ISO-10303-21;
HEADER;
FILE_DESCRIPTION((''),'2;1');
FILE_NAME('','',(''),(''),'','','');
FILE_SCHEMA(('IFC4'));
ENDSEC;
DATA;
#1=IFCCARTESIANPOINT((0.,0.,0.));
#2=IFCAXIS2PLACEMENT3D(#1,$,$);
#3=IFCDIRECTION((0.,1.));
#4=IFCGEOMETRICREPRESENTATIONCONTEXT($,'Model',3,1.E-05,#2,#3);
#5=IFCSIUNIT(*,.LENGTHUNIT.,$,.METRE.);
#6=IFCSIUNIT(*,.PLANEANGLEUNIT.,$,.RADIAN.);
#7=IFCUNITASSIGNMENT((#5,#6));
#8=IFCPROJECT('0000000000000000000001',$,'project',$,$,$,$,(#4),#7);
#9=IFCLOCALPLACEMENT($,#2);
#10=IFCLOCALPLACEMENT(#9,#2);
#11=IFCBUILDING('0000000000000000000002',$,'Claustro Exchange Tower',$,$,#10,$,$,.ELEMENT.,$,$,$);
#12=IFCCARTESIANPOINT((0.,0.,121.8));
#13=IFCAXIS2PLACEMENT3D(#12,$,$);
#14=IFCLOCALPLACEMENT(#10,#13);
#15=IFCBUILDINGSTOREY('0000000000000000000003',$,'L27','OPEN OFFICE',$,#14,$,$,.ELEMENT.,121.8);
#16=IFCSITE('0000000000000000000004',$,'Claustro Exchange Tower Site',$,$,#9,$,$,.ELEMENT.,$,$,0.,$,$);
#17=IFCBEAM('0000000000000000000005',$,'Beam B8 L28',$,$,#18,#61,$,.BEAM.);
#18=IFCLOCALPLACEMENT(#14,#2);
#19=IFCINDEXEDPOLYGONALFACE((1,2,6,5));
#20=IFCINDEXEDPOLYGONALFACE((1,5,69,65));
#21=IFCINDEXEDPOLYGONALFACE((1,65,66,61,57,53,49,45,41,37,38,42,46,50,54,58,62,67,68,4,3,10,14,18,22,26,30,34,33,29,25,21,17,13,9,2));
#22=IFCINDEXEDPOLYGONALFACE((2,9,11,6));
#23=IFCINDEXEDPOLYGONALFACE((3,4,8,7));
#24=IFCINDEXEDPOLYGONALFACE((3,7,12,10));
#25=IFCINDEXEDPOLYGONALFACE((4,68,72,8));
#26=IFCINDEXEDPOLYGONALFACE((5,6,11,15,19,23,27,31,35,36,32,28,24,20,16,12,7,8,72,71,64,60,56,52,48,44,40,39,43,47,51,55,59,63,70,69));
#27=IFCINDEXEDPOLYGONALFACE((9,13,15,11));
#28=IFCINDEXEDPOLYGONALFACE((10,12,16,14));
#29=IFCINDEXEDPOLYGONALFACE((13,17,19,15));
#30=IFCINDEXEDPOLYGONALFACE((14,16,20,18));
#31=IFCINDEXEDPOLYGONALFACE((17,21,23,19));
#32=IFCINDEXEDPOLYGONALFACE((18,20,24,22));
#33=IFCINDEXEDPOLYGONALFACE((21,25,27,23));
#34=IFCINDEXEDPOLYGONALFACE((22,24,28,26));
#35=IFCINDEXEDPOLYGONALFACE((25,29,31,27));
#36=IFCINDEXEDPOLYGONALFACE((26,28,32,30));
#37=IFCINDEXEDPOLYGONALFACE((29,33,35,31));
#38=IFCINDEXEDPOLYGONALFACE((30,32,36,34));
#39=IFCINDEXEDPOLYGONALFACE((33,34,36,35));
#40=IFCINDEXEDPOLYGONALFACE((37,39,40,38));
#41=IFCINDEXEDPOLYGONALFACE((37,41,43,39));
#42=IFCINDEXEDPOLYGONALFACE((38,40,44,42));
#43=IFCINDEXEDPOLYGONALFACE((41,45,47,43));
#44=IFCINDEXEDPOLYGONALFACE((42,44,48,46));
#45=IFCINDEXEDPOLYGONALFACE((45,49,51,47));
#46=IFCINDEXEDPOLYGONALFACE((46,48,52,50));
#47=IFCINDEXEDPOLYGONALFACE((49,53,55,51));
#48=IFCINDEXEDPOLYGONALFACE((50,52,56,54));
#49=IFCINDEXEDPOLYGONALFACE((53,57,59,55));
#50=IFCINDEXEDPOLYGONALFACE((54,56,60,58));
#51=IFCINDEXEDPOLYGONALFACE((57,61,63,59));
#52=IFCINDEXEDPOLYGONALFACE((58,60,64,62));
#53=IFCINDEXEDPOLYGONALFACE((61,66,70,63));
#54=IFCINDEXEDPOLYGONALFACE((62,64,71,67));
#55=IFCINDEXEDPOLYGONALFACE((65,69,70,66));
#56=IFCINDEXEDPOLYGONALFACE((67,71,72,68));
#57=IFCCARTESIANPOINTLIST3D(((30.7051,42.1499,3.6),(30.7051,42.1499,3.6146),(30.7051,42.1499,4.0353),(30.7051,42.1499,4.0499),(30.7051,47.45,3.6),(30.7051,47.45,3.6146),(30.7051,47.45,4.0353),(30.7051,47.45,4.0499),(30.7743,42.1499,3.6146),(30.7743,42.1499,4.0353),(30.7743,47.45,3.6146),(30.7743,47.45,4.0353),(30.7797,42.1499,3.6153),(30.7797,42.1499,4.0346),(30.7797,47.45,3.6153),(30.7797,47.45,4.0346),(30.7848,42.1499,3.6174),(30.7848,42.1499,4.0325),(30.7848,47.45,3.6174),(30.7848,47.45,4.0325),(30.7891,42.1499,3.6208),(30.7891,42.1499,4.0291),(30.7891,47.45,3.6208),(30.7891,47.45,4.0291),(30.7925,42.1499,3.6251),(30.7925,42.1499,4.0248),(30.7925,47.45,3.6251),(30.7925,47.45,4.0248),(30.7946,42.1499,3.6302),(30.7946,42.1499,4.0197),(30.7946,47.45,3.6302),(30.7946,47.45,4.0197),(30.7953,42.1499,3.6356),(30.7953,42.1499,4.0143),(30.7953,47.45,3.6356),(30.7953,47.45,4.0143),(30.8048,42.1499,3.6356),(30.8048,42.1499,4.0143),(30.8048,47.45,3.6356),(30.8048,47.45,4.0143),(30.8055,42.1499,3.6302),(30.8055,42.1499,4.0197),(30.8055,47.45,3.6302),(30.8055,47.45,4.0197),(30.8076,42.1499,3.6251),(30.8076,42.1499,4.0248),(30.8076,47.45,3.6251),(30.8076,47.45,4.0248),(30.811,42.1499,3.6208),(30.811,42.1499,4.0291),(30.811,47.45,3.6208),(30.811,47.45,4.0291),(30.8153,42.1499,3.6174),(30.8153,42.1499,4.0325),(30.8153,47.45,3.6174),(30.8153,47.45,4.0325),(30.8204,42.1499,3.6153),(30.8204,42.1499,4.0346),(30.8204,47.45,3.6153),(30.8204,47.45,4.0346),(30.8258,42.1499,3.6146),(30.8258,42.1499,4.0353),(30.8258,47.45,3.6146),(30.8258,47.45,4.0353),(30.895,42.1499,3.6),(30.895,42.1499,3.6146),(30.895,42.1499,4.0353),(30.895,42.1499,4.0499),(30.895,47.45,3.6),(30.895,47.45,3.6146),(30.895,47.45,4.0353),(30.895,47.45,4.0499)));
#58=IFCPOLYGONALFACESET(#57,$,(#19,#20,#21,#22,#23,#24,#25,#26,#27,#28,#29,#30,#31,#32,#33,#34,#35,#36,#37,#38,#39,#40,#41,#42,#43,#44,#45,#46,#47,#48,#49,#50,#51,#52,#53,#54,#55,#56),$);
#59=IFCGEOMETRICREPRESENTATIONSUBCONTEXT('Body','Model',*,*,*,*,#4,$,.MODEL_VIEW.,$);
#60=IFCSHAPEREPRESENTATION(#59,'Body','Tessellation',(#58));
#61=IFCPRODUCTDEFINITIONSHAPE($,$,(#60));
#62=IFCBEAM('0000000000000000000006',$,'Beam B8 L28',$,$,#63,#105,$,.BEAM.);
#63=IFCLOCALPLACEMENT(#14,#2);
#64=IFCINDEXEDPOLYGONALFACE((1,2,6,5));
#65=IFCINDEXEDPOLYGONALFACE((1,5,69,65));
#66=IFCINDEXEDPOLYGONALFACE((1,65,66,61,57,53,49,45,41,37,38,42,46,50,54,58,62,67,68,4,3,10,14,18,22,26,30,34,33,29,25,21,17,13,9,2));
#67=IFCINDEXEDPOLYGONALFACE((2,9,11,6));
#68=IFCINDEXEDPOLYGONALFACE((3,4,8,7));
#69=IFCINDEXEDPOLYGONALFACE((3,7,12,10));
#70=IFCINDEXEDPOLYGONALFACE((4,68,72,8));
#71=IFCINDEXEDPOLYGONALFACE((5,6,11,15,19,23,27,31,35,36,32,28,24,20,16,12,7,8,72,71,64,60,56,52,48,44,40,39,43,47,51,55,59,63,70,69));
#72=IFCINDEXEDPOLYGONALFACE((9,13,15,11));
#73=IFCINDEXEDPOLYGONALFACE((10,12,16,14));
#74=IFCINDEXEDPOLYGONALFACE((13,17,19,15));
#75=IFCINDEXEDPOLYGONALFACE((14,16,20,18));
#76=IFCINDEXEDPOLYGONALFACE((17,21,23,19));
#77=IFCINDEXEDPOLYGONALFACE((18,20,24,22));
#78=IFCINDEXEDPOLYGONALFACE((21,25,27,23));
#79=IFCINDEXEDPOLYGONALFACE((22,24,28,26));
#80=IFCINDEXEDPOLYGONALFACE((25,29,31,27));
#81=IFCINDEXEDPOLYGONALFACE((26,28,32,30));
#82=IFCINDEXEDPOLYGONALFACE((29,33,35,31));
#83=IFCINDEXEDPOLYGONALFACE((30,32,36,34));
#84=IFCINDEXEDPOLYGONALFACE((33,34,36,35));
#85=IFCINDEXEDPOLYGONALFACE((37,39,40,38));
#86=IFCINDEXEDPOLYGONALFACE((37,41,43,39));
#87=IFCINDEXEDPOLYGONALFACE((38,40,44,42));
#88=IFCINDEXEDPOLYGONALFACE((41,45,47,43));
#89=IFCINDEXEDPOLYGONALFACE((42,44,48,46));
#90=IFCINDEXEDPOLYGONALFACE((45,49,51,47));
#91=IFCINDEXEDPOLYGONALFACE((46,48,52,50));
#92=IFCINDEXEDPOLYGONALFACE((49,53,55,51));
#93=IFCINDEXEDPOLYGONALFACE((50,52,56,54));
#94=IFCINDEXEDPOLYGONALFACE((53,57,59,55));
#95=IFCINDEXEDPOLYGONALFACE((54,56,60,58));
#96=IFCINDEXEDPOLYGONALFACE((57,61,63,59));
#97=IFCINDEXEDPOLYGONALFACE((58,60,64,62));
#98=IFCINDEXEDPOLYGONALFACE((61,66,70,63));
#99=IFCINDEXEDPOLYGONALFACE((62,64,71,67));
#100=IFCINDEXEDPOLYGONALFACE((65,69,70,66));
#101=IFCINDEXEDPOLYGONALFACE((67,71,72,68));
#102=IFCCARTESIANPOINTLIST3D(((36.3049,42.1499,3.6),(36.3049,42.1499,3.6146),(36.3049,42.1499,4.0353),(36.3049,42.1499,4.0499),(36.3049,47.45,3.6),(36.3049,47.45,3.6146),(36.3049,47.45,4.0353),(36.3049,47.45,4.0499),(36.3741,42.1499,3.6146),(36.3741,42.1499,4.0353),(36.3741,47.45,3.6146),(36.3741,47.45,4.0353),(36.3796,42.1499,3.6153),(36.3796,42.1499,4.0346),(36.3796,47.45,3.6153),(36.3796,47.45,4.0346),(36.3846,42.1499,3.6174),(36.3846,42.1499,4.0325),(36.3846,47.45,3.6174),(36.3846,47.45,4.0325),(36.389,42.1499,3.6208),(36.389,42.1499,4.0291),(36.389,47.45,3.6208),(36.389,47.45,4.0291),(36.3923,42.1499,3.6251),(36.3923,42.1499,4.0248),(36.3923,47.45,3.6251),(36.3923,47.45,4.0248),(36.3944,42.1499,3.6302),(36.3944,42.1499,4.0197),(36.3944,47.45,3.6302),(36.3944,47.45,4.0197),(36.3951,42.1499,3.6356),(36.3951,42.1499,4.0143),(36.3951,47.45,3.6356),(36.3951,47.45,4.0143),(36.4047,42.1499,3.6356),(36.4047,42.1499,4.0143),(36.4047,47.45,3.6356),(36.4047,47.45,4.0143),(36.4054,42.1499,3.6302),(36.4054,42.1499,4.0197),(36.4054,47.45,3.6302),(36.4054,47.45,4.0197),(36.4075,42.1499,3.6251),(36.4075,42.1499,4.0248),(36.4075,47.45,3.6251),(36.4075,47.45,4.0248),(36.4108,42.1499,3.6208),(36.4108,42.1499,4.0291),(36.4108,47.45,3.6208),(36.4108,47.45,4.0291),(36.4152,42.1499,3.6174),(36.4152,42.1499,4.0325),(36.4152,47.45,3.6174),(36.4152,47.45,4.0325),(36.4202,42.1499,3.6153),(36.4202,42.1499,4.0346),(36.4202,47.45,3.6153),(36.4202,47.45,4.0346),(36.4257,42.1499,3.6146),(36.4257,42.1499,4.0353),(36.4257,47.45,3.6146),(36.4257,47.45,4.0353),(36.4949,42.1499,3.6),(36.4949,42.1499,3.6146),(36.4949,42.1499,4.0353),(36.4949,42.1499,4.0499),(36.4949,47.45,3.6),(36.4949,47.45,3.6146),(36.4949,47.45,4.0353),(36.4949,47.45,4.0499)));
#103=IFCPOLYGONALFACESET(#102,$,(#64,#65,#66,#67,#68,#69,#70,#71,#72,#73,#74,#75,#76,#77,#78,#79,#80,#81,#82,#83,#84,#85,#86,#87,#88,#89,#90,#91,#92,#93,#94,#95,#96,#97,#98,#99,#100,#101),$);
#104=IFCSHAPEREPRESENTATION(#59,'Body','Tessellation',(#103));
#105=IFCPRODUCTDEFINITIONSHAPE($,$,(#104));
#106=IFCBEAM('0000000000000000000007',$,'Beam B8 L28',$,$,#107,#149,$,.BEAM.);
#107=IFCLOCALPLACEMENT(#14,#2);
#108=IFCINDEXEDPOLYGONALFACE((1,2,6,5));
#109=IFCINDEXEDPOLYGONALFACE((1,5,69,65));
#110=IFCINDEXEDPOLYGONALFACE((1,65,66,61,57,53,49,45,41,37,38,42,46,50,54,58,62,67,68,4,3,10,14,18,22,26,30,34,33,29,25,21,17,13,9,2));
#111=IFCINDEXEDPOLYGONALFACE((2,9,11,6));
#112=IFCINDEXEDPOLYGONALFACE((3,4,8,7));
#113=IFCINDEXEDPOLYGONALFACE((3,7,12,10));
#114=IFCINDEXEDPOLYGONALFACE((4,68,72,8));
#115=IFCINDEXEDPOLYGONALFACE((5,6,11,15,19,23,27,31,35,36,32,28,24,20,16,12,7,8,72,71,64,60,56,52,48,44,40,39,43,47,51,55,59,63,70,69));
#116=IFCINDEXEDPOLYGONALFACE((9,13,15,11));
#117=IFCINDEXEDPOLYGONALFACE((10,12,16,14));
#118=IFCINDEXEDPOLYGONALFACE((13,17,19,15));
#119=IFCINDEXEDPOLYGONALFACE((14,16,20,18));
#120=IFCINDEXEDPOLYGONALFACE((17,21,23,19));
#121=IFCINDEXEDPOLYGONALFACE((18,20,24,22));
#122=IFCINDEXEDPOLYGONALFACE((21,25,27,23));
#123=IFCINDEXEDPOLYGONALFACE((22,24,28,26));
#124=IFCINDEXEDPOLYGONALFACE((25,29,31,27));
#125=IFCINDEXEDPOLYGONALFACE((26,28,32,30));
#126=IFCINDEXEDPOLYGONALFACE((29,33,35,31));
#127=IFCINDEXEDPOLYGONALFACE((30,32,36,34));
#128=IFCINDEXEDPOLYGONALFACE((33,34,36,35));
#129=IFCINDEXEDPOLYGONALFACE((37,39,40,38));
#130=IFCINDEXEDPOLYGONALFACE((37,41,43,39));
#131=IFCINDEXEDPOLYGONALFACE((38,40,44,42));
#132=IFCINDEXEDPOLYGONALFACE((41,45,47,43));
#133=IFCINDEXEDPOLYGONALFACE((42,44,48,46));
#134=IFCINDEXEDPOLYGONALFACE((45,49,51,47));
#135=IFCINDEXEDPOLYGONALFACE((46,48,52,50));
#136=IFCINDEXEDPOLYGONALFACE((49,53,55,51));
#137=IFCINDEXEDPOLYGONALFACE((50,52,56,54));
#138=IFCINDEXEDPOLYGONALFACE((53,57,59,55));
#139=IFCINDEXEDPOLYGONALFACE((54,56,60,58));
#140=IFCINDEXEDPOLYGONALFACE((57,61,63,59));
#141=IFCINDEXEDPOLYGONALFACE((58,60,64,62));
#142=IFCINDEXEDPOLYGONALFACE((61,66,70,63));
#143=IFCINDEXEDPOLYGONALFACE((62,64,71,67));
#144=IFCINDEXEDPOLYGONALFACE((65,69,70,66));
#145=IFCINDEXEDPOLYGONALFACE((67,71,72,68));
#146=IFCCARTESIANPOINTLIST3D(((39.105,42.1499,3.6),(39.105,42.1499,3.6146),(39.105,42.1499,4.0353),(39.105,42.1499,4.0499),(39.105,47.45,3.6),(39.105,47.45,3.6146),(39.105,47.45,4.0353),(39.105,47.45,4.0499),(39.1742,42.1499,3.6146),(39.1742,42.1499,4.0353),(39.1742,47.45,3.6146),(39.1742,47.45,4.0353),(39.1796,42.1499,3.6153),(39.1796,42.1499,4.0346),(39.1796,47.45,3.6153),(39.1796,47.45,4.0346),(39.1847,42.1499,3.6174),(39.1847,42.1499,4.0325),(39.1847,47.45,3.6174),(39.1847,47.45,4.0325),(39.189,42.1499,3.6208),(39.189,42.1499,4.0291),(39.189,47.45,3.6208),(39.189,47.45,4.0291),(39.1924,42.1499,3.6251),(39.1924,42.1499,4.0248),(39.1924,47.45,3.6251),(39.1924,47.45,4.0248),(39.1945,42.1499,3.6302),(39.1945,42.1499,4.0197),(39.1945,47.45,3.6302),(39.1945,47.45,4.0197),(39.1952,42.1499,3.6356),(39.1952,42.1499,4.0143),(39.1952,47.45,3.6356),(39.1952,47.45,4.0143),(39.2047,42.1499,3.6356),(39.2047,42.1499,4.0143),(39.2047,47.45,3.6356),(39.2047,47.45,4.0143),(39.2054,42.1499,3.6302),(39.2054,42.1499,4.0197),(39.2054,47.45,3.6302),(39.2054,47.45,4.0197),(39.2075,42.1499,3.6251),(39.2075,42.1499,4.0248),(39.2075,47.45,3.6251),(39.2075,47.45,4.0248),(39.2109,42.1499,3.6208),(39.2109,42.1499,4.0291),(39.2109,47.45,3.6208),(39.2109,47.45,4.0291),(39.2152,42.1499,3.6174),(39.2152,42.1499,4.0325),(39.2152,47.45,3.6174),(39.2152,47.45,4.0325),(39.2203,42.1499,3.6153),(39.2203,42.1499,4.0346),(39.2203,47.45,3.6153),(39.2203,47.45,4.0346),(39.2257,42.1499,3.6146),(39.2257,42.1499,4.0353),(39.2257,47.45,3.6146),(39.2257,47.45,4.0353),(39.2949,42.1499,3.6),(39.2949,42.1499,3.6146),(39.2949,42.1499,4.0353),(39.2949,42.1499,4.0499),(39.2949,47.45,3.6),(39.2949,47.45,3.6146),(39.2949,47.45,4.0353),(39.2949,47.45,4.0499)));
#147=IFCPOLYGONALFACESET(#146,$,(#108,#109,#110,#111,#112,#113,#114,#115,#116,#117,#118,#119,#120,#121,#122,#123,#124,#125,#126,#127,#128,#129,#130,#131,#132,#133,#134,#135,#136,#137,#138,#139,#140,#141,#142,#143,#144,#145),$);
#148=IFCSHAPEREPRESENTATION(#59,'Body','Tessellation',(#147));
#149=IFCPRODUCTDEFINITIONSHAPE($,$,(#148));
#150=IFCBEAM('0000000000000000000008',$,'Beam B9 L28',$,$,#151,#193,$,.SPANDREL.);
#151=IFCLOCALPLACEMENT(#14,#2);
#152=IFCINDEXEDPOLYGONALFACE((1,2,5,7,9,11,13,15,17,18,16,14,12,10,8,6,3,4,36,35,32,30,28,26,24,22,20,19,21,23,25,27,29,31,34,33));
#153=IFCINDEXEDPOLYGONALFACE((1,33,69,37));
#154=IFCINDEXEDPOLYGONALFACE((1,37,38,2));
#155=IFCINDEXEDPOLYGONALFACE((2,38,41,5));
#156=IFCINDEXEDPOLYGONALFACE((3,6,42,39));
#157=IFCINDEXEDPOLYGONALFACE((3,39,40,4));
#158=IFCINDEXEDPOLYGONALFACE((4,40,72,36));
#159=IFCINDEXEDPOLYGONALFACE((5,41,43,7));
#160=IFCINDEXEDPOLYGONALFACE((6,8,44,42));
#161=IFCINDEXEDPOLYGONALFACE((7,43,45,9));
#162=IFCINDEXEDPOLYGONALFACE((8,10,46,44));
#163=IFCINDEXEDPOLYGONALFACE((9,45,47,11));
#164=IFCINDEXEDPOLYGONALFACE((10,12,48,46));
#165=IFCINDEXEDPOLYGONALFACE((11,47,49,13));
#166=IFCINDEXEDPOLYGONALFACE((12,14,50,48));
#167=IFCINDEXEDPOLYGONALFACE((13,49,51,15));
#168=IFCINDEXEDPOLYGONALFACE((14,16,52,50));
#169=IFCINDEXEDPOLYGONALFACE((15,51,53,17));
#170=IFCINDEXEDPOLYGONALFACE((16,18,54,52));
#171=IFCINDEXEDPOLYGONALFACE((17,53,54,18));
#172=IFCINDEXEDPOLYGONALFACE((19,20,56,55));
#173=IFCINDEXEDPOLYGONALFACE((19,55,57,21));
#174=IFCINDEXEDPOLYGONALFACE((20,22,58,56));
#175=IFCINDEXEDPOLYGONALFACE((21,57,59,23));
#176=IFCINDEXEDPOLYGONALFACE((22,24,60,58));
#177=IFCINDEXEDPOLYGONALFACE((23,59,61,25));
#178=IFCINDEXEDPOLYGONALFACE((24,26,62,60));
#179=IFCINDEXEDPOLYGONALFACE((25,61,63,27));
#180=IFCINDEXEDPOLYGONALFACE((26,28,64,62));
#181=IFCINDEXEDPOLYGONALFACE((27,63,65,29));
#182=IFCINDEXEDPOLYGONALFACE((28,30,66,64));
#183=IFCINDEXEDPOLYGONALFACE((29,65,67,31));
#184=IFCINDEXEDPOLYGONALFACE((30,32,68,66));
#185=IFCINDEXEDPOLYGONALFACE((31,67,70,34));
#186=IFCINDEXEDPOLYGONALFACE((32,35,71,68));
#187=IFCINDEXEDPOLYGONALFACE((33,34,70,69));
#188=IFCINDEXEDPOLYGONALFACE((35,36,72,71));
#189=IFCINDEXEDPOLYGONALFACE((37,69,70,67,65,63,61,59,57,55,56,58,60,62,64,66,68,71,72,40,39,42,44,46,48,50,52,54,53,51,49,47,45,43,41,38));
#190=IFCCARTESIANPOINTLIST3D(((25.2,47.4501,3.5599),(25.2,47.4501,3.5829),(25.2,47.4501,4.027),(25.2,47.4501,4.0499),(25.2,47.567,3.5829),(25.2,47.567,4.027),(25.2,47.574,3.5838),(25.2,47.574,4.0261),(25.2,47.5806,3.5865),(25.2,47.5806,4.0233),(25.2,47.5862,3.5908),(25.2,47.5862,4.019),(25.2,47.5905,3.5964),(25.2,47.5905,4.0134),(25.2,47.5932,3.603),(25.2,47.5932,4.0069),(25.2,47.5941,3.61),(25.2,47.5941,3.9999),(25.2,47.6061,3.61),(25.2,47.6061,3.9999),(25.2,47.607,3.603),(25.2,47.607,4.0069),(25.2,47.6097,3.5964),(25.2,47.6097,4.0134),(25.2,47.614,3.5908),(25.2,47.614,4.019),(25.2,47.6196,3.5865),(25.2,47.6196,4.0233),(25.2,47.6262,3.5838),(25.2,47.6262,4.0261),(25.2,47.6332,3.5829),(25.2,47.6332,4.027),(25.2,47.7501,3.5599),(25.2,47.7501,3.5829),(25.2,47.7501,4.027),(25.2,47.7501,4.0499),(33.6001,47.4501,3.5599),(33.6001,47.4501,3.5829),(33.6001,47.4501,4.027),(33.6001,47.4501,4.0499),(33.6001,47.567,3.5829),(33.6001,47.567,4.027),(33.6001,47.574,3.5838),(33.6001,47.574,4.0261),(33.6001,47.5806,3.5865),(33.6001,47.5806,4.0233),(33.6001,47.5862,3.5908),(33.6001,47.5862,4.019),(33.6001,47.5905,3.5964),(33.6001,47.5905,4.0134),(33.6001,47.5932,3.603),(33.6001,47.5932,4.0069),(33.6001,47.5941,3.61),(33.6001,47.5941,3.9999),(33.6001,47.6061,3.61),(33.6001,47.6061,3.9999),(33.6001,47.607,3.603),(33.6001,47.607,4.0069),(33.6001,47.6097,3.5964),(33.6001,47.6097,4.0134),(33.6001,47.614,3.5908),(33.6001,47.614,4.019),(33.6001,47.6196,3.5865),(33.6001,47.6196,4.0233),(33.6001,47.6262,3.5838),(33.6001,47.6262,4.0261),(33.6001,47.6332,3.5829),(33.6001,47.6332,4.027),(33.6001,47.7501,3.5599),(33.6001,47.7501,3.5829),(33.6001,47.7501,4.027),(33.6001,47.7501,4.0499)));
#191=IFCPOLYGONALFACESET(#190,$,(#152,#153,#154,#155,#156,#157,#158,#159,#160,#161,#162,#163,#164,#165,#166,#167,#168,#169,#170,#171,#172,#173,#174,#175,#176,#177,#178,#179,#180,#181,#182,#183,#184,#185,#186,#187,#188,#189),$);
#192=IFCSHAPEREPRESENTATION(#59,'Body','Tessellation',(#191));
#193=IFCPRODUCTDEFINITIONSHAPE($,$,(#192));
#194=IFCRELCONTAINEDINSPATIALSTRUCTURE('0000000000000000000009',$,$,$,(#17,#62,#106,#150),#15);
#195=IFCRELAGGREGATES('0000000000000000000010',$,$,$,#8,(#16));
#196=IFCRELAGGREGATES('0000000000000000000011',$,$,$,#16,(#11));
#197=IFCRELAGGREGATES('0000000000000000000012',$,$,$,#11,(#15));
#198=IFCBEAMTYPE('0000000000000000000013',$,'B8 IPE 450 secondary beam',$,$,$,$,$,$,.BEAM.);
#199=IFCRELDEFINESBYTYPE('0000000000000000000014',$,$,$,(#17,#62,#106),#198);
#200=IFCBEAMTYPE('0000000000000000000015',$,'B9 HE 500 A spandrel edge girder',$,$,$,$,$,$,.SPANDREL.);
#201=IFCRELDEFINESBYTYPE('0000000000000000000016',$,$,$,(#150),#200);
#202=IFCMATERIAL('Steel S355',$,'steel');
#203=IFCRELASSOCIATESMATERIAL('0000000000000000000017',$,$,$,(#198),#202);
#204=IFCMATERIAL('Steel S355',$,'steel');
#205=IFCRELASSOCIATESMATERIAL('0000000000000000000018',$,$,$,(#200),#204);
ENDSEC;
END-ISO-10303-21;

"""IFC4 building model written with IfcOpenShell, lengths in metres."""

from ifc_helpers import new_model, si_unit, direction, frame, origin, origin_2d, place, context, subcontext, project, spatial, i_section, extrude, material, material_profile, profile_set, type_object, element, save


model = new_model("IFC4")

# Units and contexts
model_context = context("Model", 3, precision=1e-05, world=origin(), true_north=direction((0.0, 1.0)))
body_context = subcontext(model_context, "Body", "Model", "MODEL_VIEW")
ifc_project = project(units=[si_unit("LENGTHUNIT", "METRE"), si_unit("PLANEANGLEUNIT", "RADIAN")], contexts=[model_context])

# Site, building, storey
site_placement = place(None, origin())
site = spatial("IfcSite", under=ifc_project, at=site_placement, Name="Claustro Exchange Tower Site", CompositionType="ELEMENT", RefElevation=0.0)
building_placement = place(site_placement, origin())
building = spatial("IfcBuilding", under=site, at=building_placement, Name="Claustro Exchange Tower", CompositionType="ELEMENT")
storey_placement = place(building_placement, frame((0.0, 0.0, 121.8)))
storey = spatial("IfcBuildingStorey", under=building, at=storey_placement, Name="L27", Description="OPEN OFFICE", CompositionType="ELEMENT", Elevation=121.8)

# Beams
ifc_material_1 = material(Name="Steel S355", Category="steel")
ifc_material_profile_1 = material_profile(ifc_material_1, i_section(OverallWidth=0.1899, OverallDepth=0.45, WebThickness=0.0095, FlangeThickness=0.0146, FilletRadius=0.021, at=origin_2d()), Name="IPE 450")
ifc_profile_set_1 = profile_set([ifc_material_profile_1], Name="Steel S355")
beam_type_1 = type_object("IfcBeamType", Name="B8 IPE 450 secondary beam", PredefinedType="BEAM", material=ifc_profile_set_1)
for number, where, z_axis, x_axis, name in (
    (1, (30.8, 42.1499, 3.825), (0.0, 1.0, 0.0), (-1.0, 0.0, 0.0), "Beam B8 L28"),
    (2, (36.3999, 42.1499, 3.825), (0.0, 1.0, 0.0), (-1.0, 0.0, 0.0), "Beam B8 L28"),
    (3, (39.2, 42.1499, 3.825), (0.0, 1.0, 0.0), (-1.0, 0.0, 0.0), "Beam B8 L28"),
):
    element("IfcBeam", number, at=place(storey_placement, frame(where, z_axis=z_axis, x_axis=x_axis)), inside=storey, type_object=beam_type_1, Name=name, PredefinedType="BEAM", context=body_context, shape_type="SweptSolid", body=[
        extrude(i_section(OverallWidth=0.1899, OverallDepth=0.45, WebThickness=0.0095, FlangeThickness=0.0146, FilletRadius=0.021, at=origin_2d()), origin(), (0.0, 0.0, 1.0), 5.3),
    ])
ifc_material_2 = material(Name="Steel S355", Category="steel")
ifc_material_profile_2 = material_profile(ifc_material_2, i_section(OverallWidth=0.3, OverallDepth=0.49, WebThickness=0.012, FlangeThickness=0.0229, FilletRadius=0.0271, at=origin_2d()), Name="HE 500 A")
ifc_profile_set_2 = profile_set([ifc_material_profile_2], Name="Steel S355")
beam_type_2 = type_object("IfcBeamType", Name="B9 HE 500 A spandrel edge girder", PredefinedType="SPANDREL", material=ifc_profile_set_2)
beam_1_placement = place(storey_placement, frame((25.2, 47.6001, 3.8049), z_axis=(1.0, 0.0, 0.0), x_axis=(0.0, 1.0, 0.0)))
element("IfcBeam", 4, at=beam_1_placement, inside=storey, type_object=beam_type_2, Name="Beam B9 L28", PredefinedType="SPANDREL", context=body_context, shape_type="SweptSolid", body=[
    extrude(i_section(OverallWidth=0.3, OverallDepth=0.49, WebThickness=0.012, FlangeThickness=0.0229, FilletRadius=0.0271, at=origin_2d()), origin(), (0.0, 0.0, 1.0), 8.4001),
])

save(model, "model.ifc")
